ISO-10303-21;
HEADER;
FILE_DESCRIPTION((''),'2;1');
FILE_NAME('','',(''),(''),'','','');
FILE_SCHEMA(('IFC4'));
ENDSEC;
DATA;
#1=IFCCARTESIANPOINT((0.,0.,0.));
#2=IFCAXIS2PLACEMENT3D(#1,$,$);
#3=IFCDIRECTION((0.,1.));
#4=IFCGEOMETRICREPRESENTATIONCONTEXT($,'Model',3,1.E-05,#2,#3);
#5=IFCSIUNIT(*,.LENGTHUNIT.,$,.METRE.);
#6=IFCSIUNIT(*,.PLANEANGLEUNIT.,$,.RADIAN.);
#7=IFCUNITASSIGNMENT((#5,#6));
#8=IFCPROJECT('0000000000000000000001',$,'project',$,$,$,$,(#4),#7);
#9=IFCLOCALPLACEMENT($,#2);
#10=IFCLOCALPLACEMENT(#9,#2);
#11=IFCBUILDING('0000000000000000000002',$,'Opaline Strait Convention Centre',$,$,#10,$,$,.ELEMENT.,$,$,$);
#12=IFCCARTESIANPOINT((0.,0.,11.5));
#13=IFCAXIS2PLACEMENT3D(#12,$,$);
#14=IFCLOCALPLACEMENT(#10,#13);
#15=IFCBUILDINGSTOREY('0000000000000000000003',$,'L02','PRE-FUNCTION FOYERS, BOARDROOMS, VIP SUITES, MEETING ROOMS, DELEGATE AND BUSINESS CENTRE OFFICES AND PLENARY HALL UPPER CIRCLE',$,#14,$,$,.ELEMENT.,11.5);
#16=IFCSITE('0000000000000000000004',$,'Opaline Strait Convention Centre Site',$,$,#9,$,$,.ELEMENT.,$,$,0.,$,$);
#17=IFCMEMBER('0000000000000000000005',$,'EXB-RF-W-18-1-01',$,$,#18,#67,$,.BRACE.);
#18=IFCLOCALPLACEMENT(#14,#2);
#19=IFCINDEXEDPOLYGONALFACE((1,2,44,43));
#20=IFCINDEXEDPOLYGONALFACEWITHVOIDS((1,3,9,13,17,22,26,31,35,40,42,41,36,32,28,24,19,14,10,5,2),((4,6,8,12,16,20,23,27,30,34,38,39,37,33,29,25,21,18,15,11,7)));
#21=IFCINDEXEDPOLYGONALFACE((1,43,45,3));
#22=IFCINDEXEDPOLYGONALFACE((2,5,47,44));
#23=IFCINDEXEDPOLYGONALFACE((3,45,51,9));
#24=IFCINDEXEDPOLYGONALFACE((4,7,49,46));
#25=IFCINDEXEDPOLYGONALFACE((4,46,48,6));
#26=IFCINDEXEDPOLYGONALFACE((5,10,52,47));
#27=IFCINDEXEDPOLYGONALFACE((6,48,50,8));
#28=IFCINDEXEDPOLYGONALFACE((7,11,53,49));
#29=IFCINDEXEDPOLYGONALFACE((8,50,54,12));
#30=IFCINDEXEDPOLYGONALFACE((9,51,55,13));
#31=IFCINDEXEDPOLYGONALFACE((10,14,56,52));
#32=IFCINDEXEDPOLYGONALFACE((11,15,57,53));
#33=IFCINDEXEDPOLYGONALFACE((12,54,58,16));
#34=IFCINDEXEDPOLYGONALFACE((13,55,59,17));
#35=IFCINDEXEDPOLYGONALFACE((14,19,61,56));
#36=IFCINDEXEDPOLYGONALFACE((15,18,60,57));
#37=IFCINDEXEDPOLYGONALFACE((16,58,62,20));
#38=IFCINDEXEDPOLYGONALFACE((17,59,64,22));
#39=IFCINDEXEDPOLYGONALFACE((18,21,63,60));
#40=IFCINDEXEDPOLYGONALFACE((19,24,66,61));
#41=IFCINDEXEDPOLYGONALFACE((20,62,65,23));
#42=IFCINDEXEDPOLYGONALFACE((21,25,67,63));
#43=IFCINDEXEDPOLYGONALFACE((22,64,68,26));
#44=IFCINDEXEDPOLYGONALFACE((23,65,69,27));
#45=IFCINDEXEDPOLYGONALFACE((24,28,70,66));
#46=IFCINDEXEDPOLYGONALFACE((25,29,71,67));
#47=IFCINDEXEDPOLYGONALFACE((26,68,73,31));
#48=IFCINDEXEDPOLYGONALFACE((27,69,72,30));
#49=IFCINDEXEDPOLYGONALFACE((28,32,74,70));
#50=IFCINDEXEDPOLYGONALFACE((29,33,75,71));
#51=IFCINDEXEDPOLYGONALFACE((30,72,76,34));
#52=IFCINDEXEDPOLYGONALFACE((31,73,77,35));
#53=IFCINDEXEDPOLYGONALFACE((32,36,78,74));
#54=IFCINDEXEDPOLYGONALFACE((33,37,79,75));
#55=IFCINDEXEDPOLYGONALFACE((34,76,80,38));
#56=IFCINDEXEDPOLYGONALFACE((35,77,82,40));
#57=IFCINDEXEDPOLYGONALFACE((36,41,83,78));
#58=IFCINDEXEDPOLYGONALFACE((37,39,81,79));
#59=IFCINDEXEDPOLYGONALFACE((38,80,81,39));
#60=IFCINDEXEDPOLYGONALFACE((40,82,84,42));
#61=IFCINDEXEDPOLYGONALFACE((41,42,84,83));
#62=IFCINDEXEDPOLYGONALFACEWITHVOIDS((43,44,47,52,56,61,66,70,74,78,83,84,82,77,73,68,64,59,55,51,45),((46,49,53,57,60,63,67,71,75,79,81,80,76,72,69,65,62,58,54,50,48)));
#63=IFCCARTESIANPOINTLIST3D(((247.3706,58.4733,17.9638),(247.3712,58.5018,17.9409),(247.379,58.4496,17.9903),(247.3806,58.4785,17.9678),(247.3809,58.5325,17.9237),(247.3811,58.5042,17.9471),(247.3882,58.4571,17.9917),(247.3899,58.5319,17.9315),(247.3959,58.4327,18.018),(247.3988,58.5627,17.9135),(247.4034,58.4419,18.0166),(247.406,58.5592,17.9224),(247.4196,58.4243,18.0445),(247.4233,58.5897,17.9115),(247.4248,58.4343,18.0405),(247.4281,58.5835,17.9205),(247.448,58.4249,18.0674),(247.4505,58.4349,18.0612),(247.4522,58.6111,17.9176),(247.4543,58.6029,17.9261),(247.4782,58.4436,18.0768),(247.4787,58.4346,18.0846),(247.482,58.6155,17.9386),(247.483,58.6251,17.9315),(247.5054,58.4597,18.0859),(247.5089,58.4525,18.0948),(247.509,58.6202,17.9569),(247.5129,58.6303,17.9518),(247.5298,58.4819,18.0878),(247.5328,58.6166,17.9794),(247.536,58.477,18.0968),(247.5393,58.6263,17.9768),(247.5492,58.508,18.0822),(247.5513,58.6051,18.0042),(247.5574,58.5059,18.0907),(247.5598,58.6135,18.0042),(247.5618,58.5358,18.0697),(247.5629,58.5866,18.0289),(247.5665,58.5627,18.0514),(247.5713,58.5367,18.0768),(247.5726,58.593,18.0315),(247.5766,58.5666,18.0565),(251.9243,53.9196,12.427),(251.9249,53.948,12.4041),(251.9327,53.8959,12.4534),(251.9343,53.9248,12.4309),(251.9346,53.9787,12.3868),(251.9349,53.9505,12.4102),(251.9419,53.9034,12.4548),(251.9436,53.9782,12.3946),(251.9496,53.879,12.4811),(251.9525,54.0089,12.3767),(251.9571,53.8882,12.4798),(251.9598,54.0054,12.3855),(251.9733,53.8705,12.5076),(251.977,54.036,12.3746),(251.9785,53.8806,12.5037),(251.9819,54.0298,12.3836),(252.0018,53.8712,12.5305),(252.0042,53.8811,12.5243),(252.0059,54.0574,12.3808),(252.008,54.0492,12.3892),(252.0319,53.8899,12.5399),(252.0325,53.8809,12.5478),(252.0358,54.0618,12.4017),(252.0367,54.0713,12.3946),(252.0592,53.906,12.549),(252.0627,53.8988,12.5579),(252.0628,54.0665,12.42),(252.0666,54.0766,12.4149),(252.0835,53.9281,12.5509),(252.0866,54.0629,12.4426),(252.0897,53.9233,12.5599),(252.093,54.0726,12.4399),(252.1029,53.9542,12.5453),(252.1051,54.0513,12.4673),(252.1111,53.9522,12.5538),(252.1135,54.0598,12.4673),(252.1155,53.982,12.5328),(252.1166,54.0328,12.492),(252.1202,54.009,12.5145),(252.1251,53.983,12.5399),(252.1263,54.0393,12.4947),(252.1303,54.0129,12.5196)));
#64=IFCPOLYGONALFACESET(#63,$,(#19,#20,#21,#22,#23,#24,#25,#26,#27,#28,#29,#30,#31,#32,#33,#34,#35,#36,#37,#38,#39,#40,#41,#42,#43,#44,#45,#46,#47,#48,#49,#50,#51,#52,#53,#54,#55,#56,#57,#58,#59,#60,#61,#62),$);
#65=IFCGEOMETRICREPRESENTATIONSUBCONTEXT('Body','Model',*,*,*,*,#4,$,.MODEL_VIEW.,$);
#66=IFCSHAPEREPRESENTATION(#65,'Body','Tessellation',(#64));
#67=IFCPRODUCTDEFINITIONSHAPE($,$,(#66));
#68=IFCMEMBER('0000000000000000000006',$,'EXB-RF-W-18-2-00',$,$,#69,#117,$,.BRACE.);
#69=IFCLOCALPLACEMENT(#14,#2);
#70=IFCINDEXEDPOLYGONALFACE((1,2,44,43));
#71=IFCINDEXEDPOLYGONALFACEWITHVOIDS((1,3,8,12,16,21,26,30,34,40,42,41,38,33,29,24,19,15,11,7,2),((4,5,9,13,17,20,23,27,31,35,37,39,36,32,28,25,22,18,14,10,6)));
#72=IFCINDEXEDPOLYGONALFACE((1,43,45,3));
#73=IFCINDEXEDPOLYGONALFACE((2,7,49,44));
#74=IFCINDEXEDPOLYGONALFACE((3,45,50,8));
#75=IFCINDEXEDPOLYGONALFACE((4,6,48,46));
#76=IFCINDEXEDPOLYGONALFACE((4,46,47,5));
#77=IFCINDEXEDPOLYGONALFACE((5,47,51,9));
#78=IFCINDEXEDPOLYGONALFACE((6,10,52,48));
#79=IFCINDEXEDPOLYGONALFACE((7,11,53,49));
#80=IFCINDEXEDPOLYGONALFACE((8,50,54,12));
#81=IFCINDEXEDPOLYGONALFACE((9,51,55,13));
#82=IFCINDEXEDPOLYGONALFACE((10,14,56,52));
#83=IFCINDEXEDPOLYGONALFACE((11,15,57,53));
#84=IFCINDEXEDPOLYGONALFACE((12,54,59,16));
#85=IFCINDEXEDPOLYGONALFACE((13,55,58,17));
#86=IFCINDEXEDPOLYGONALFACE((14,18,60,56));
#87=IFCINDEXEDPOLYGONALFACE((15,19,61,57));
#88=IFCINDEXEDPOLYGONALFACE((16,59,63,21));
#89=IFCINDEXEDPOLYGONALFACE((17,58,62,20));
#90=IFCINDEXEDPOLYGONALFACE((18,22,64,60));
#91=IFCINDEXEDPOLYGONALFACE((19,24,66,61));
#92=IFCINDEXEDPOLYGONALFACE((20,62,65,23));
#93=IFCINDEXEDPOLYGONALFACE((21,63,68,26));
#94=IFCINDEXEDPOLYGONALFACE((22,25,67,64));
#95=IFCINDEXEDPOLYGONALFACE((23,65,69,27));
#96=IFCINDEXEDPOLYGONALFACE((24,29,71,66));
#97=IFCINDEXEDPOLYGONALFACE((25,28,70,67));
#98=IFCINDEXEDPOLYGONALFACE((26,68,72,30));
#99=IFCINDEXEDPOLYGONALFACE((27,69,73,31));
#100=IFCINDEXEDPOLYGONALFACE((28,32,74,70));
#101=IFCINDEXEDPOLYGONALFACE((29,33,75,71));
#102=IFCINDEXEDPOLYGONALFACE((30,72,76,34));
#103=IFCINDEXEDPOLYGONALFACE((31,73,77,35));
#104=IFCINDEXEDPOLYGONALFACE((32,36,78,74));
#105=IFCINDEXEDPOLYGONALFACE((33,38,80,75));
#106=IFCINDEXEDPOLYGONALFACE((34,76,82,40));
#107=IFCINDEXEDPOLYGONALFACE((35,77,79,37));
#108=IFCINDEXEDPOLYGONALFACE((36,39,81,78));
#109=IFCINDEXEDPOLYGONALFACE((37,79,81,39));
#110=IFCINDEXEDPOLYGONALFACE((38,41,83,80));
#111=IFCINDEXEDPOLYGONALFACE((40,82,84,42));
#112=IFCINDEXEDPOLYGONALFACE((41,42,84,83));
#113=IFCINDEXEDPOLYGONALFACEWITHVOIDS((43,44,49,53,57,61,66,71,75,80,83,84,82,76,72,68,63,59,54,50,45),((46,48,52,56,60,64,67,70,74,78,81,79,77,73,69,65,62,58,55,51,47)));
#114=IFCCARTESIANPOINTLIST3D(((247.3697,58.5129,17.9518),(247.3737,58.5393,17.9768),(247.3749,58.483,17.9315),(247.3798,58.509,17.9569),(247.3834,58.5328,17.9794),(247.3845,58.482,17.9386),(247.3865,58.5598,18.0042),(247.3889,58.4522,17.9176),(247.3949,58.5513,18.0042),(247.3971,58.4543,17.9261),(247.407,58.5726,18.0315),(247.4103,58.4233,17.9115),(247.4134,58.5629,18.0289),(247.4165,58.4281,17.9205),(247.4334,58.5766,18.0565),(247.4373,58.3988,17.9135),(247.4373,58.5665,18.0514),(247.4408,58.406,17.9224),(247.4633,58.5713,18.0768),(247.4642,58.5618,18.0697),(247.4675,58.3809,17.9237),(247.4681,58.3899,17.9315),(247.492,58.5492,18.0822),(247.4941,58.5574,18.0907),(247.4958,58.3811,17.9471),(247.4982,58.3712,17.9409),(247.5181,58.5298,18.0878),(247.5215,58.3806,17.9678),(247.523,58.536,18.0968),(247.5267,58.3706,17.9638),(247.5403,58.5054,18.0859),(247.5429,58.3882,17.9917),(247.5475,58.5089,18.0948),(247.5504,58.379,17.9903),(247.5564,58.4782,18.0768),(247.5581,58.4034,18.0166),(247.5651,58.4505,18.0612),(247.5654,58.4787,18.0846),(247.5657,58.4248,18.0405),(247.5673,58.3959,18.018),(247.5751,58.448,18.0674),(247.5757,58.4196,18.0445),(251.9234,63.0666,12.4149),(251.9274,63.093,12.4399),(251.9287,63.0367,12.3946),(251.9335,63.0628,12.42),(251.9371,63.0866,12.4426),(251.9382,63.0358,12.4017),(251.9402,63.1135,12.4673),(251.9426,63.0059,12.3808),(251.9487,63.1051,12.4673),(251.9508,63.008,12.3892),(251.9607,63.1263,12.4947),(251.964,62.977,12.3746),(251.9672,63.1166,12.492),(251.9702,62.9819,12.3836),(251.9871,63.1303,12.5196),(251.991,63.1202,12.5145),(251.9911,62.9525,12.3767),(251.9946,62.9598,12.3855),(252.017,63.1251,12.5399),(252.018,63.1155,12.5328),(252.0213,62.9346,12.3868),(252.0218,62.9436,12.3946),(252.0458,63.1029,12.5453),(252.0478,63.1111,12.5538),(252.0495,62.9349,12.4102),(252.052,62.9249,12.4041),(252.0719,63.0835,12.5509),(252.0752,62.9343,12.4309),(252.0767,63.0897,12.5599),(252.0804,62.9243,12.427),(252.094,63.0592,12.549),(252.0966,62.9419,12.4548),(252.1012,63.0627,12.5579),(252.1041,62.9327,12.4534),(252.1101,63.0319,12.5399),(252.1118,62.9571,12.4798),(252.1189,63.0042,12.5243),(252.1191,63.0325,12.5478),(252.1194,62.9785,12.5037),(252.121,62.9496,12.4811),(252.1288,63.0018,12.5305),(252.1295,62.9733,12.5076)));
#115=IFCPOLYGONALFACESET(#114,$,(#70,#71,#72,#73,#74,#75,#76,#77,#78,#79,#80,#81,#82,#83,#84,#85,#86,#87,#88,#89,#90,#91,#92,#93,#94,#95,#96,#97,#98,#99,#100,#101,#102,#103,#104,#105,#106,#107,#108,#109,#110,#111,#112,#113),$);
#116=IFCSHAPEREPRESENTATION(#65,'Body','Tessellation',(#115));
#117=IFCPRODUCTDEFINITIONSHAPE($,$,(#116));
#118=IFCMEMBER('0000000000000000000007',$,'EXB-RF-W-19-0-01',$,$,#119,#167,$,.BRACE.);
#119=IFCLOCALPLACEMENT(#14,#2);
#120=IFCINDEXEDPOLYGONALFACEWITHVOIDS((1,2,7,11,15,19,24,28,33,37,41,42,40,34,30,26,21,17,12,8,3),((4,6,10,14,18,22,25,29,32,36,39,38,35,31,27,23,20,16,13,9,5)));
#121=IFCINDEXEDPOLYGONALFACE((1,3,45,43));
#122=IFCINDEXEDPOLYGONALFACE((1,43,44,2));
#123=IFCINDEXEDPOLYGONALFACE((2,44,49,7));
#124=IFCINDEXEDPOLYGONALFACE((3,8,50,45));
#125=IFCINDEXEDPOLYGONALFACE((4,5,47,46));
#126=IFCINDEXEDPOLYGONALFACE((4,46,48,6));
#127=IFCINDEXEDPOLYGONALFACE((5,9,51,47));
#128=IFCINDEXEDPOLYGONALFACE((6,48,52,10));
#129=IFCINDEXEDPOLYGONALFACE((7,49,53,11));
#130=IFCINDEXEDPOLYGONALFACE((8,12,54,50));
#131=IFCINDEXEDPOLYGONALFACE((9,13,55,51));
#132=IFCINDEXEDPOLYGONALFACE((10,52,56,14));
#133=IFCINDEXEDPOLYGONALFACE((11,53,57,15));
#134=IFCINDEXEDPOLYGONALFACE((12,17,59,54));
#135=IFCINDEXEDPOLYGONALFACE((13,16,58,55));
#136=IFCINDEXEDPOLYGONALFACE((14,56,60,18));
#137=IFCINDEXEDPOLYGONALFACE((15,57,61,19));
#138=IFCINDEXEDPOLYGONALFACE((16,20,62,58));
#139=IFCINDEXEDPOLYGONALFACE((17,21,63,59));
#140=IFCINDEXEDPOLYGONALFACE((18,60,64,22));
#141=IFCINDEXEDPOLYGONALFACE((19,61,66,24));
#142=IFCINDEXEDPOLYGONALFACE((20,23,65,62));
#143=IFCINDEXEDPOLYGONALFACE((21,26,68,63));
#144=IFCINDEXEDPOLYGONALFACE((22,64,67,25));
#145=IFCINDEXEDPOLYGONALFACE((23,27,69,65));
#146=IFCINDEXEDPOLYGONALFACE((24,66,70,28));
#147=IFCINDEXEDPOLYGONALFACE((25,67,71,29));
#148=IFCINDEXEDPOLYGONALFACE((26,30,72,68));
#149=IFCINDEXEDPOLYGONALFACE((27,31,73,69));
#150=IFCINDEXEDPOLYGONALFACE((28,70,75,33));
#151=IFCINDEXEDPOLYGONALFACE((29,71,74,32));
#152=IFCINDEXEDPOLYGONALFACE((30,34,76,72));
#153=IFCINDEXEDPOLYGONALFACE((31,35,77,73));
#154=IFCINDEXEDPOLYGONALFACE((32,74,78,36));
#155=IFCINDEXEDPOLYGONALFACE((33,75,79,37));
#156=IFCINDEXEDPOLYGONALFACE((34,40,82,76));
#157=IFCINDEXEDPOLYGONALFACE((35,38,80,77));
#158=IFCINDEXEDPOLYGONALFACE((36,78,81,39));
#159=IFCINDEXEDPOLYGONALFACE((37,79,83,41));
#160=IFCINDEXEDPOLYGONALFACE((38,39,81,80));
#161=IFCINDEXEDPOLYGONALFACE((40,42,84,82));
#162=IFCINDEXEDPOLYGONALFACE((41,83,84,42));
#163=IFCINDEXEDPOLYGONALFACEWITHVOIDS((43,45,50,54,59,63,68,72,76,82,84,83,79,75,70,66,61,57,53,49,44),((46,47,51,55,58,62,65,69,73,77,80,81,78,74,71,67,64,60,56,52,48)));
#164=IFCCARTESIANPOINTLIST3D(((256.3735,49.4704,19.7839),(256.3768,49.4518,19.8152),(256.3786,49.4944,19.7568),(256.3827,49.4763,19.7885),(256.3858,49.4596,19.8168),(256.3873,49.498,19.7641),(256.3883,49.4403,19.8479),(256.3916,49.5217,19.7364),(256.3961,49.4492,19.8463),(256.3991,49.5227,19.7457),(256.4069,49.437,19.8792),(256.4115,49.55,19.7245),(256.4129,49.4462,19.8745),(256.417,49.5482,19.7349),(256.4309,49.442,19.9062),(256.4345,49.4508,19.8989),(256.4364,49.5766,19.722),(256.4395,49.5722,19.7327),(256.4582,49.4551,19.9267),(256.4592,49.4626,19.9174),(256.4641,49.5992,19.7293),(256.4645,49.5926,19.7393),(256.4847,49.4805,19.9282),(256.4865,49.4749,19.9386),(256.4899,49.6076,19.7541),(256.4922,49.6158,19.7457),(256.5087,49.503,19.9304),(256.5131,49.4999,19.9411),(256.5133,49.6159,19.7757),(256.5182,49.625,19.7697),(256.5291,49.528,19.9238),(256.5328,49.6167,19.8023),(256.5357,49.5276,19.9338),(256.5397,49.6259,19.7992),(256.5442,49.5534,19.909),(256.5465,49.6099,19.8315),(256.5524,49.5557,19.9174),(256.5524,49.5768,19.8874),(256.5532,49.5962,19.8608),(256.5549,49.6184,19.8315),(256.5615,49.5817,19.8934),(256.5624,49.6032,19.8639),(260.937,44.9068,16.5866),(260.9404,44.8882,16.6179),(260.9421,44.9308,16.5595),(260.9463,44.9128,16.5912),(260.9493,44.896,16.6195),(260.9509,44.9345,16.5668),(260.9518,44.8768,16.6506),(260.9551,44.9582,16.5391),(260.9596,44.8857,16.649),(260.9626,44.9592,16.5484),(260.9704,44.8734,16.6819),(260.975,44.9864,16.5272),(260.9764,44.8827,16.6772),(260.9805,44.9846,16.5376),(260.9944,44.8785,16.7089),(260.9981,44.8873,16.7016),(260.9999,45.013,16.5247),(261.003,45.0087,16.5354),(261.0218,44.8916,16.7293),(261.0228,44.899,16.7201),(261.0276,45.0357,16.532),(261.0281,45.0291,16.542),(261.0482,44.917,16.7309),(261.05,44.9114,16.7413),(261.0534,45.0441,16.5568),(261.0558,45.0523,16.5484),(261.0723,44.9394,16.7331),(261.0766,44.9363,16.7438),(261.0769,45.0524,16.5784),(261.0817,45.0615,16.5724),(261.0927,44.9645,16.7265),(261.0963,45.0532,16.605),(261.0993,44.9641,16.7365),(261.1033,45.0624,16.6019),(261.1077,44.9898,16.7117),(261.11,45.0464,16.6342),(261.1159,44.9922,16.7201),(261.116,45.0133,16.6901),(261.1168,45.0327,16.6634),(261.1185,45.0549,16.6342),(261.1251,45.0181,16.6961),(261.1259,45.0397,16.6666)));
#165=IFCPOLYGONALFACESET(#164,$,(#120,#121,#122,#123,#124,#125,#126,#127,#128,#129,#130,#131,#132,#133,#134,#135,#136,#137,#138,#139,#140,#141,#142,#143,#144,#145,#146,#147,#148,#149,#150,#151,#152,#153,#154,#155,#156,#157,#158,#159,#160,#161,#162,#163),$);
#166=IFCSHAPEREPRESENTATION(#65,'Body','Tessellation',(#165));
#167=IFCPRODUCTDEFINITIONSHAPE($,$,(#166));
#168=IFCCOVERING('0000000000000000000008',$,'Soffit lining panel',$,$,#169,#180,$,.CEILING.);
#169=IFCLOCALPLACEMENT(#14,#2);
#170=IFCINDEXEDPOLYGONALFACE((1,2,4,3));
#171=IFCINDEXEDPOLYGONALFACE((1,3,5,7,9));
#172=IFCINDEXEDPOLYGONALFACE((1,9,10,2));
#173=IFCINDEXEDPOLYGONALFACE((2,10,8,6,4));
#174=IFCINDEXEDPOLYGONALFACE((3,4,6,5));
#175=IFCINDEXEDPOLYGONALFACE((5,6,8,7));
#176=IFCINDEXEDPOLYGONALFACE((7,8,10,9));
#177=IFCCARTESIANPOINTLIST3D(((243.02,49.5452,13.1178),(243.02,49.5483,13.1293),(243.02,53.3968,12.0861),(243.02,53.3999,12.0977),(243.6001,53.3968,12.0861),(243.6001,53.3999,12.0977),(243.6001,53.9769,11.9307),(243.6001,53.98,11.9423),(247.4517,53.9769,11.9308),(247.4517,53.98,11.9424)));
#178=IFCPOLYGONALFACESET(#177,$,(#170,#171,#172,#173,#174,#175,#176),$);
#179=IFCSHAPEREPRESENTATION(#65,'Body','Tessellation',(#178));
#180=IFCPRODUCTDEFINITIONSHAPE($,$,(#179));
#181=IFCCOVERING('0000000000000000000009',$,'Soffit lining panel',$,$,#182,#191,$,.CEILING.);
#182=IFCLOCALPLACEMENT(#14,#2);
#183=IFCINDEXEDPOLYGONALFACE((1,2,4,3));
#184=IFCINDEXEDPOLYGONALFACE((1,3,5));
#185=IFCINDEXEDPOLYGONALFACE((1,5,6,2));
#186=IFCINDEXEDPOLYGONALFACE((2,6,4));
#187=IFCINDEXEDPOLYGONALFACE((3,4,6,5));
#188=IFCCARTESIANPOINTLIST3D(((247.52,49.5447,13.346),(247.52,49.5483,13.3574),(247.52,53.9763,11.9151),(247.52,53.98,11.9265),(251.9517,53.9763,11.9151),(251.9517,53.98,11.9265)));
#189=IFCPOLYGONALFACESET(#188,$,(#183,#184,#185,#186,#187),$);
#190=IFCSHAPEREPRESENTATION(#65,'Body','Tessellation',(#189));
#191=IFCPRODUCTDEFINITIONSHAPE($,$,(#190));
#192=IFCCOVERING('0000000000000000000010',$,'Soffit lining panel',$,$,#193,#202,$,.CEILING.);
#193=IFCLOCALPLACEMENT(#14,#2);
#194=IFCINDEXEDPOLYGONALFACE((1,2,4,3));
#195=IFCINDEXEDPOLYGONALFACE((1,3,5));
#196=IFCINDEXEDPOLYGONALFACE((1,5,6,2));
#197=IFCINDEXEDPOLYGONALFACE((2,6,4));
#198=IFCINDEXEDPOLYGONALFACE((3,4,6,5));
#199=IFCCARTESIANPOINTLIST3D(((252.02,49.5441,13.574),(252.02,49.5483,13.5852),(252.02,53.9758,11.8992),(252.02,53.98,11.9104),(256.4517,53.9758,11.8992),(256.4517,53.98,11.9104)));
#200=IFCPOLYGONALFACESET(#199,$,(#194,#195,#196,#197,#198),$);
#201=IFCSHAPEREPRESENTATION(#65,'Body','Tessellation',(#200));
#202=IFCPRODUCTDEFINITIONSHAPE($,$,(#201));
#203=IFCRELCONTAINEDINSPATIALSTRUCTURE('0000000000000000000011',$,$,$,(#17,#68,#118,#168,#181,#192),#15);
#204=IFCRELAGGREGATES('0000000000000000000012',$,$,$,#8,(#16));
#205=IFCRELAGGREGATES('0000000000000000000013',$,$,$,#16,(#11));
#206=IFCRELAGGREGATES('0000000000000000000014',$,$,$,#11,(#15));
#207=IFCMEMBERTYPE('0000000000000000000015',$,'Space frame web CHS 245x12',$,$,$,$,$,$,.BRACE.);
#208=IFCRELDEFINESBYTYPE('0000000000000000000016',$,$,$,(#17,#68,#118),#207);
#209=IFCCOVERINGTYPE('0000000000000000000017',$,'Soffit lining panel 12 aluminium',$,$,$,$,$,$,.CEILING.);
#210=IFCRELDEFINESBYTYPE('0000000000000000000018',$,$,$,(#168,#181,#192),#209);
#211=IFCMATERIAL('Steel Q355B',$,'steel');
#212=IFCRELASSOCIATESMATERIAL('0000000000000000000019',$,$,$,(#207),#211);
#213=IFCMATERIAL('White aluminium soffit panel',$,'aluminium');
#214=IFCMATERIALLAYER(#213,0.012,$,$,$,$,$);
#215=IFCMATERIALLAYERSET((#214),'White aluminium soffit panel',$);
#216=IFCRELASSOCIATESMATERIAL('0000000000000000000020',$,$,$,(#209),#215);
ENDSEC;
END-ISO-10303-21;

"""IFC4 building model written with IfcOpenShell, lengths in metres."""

from ifc_helpers import new_model, si_unit, direction, frame, origin, origin_2d, place, context, subcontext, project, spatial, polyline, hollow_circle, outline, extrude, material, layer, layer_set, material_profile, profile_set, type_object, element, save


model = new_model("IFC4")

# Units and contexts
model_context = context("Model", 3, precision=1e-05, world=origin(), true_north=direction((0.0, 1.0)))
body_context = subcontext(model_context, "Body", "Model", "MODEL_VIEW")
ifc_project = project(units=[si_unit("LENGTHUNIT", "METRE"), si_unit("PLANEANGLEUNIT", "RADIAN")], contexts=[model_context])

# Site, building, storey
site_placement = place(None, origin())
site = spatial("IfcSite", under=ifc_project, at=site_placement, Name="Opaline Strait Convention Centre Site", CompositionType="ELEMENT", RefElevation=0.0)
building_placement = place(site_placement, origin())
building = spatial("IfcBuilding", under=site, at=building_placement, Name="Opaline Strait Convention Centre", CompositionType="ELEMENT")
storey_placement = place(building_placement, frame((0.0, 0.0, 11.5)))
storey = spatial("IfcBuildingStorey", under=building, at=storey_placement, Name="L02", Description="PRE-FUNCTION FOYERS, BOARDROOMS, VIP SUITES, MEETING ROOMS, DELEGATE AND BUSINESS CENTRE OFFICES AND PLENARY HALL UPPER CIRCLE", CompositionType="ELEMENT", Elevation=11.5)

# Members
ifc_material_1 = material(Name="Steel Q355B", Category="steel")
ifc_material_profile_1 = material_profile(ifc_material_1, hollow_circle(Radius=0.1226, WallThickness=0.012, at=origin_2d()), Name="CHS 245x12")
ifc_profile_set_1 = profile_set([ifc_material_profile_1], Name="Steel Q355B")
member_type_1 = type_object("IfcMemberType", Name="Space frame web CHS 245x12", PredefinedType="BRACE", material=ifc_profile_set_1)
for number, where, z_axis, x_axis, name in (
    (1, (247.4731, 58.5269, 18.0042), (0.536178, -0.536178, -0.65194), (0.707107, 0.707107, 0.0), "EXB-RF-W-18-1-01"),
    (2, (247.4731, 58.4731, 18.0042), (0.536178, 0.536178, -0.65194), (-0.707107, 0.707107, 0.0), "EXB-RF-W-18-2-00"),
):
    element("IfcMember", number, at=place(storey_placement, frame(where, z_axis=z_axis, x_axis=x_axis)), inside=storey, type_object=member_type_1, Name=name, PredefinedType="BRACE", context=body_context, shape_type="SweptSolid", body=[
        extrude(hollow_circle(Radius=0.1226, WallThickness=0.012, at=origin_2d()), origin(), (0.0, 0.0, 1.0), 8.4929),
    ])
member_1_placement = place(storey_placement, frame((256.4683, 49.5317, 19.8315), z_axis=(0.633614, -0.633614, -0.443923), x_axis=(0.707107, 0.707107, 0.0)))
element("IfcMember", 3, at=member_1_placement, inside=storey, type_object=member_type_1, Name="EXB-RF-W-19-0-01", PredefinedType="BRACE", context=body_context, shape_type="SweptSolid", body=[
    extrude(hollow_circle(Radius=0.1226, WallThickness=0.012, at=origin_2d()), origin(), (0.0, 0.0, 1.0), 7.2024),
])

# Coverings
ifc_material_2 = material(Name="White aluminium soffit panel", Category="aluminium")
ifc_layer = layer(ifc_material_2, 0.012)
ifc_layer_set = layer_set([ifc_layer], Name="White aluminium soffit panel")
covering_type = type_object("IfcCoveringType", Name="Soffit lining panel 12 aluminium", PredefinedType="CEILING", material=ifc_layer_set)
covering_1_placement = place(storey_placement, frame((247.4517, 53.98, 11.9424), z_axis=(-0.000023, 0.258735, 0.965948), x_axis=(-0.694756, -0.694759, 0.186079)))
element("IfcCovering", 4, at=covering_1_placement, inside=storey, type_object=covering_type, Name="Soffit lining panel", PredefinedType="CEILING", context=body_context, shape_type="SweptSolid", body=[
    extrude(outline(polyline([(0.0, 0.0), (6.3787, 0.0), (3.5108, -2.7702), (3.1078, -2.353), (2.6759, -2.7702), (0.0, 0.0)])), origin(), (0.0, 0.0, -1.0), 0.012),
])
covering_2_placement = place(storey_placement, frame((247.52, 49.5483, 13.3574), z_axis=(0.0, 0.307265, 0.951624), x_axis=(0.0, 0.951624, -0.307265)))
element("IfcCovering", 5, at=covering_2_placement, inside=storey, type_object=covering_type, Name="Soffit lining panel", PredefinedType="CEILING", context=body_context, shape_type="SweptSolid", body=[
    extrude(outline(polyline([(0.0, 0.0), (4.6569, 0.0), (4.6569, -4.4316), (0.0, 0.0)])), origin(), (0.0, 0.0, -1.0), 0.012),
])
covering_3_placement = place(storey_placement, frame((252.02, 49.5483, 13.5852), z_axis=(0.0, 0.353517, 0.935428), x_axis=(0.0, 0.935428, -0.353517)))
element("IfcCovering", 6, at=covering_3_placement, inside=storey, type_object=covering_type, Name="Soffit lining panel", PredefinedType="CEILING", context=body_context, shape_type="SweptSolid", body=[
    extrude(outline(polyline([(0.0, 0.0), (4.7376, 0.0), (4.7376, -4.4316), (0.0, 0.0)])), origin(), (0.0, 0.0, -1.0), 0.012),
])

save(model, "model.ifc")
